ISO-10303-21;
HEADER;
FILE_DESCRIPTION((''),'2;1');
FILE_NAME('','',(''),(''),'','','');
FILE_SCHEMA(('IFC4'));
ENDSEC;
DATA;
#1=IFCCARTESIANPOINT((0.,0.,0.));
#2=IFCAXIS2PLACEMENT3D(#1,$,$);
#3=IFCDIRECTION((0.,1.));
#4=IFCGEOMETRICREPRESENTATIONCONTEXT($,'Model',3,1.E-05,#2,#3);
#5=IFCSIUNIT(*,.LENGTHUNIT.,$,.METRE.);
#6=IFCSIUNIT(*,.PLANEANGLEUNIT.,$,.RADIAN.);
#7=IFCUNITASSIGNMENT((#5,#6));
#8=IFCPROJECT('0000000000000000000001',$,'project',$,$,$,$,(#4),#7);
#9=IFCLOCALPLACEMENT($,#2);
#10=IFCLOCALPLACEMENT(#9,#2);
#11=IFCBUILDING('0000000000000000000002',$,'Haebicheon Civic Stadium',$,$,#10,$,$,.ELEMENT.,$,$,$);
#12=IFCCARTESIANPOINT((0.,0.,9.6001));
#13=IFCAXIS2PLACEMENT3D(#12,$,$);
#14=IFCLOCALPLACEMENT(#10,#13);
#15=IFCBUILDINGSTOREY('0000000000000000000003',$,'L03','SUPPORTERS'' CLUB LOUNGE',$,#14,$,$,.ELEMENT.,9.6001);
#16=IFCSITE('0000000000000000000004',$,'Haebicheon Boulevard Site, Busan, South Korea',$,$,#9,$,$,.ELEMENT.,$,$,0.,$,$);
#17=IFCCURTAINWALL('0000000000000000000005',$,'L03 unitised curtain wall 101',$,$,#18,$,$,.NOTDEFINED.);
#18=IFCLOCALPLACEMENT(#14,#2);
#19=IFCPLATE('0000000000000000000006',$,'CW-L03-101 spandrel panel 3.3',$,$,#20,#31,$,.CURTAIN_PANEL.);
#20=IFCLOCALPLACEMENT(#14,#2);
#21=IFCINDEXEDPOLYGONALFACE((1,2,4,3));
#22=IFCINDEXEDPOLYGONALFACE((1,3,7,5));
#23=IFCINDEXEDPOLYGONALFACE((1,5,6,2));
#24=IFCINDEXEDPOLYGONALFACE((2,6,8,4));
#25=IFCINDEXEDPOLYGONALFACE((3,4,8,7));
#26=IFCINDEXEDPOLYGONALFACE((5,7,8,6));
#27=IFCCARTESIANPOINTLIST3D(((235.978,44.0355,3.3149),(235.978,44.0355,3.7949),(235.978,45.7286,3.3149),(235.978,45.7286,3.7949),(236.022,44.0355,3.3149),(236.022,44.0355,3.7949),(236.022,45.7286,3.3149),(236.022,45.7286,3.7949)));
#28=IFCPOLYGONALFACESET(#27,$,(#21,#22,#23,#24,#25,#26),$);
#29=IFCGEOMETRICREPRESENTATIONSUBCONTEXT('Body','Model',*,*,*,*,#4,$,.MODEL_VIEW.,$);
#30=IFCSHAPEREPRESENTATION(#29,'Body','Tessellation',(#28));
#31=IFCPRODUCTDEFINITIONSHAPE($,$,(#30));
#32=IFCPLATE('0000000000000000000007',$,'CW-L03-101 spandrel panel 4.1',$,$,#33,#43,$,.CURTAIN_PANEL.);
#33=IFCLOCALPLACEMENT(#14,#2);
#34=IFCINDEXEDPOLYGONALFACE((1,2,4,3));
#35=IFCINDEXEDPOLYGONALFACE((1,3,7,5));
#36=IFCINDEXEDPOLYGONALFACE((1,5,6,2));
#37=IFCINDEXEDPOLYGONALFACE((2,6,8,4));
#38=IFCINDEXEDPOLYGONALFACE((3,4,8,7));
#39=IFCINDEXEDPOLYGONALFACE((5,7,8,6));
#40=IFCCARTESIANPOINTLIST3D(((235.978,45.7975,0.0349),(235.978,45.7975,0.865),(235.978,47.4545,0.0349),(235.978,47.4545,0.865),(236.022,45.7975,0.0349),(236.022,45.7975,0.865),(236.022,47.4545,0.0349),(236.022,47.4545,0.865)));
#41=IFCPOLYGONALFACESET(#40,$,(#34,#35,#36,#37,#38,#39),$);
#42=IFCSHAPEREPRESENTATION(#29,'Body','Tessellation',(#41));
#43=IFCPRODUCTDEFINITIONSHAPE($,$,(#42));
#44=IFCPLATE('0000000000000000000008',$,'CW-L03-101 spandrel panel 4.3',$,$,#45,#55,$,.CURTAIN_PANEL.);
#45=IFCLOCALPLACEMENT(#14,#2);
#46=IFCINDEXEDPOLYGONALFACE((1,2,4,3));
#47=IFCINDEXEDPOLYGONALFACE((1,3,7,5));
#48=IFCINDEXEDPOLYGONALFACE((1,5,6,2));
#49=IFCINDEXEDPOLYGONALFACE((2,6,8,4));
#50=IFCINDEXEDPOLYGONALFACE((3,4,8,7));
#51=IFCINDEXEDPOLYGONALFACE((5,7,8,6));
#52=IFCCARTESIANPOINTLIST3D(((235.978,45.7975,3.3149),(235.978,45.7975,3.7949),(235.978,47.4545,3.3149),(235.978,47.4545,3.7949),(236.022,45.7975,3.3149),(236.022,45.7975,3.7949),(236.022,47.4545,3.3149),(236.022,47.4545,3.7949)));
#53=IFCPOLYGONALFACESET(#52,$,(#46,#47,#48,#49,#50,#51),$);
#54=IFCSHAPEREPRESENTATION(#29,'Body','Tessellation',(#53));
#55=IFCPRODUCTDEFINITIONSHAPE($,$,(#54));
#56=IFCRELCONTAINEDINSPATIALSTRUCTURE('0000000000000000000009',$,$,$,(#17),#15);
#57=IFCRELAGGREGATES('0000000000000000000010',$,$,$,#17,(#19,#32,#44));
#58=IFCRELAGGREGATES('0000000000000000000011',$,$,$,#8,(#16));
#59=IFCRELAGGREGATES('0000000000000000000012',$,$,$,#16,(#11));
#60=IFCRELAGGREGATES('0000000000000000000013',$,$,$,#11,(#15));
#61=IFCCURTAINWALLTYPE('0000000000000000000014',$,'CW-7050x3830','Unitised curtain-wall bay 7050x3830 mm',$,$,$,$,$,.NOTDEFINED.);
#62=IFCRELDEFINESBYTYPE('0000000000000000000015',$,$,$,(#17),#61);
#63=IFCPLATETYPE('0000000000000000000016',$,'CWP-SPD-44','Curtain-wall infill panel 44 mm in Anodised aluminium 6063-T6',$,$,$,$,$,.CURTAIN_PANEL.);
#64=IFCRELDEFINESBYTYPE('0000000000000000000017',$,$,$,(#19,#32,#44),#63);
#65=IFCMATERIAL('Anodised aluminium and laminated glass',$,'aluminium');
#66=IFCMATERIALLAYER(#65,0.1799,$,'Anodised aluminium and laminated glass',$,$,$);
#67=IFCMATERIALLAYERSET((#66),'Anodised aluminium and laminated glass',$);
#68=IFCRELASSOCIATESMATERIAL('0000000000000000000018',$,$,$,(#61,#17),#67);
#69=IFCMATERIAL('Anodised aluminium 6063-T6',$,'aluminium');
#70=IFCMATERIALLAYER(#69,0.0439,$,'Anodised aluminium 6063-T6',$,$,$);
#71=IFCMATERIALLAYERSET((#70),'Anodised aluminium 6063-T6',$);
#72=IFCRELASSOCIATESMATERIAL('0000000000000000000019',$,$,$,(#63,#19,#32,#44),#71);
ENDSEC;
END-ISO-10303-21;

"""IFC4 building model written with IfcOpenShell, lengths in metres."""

from ifc_helpers import new_model, si_unit, direction, frame, origin, origin_2d, place, context, subcontext, project, spatial, rectangle, extrude, material, layer, layer_set, type_object, element, aggregate, save


model = new_model("IFC4")

# Units and contexts
model_context = context("Model", 3, precision=1e-05, world=origin(), true_north=direction((0.0, 1.0)))
body_context = subcontext(model_context, "Body", "Model", "MODEL_VIEW")
ifc_project = project(units=[si_unit("LENGTHUNIT", "METRE"), si_unit("PLANEANGLEUNIT", "RADIAN")], contexts=[model_context])

# Site, building, storey
site_placement = place(None, origin())
site = spatial("IfcSite", under=ifc_project, at=site_placement, Name="Haebicheon Boulevard Site, Busan, South Korea", CompositionType="ELEMENT", RefElevation=0.0)
building_placement = place(site_placement, origin())
building = spatial("IfcBuilding", under=site, at=building_placement, Name="Haebicheon Civic Stadium", CompositionType="ELEMENT")
storey_placement = place(building_placement, frame((0.0, 0.0, 9.6001)))
storey = spatial("IfcBuildingStorey", under=building, at=storey_placement, Name="L03", Description="SUPPORTERS' CLUB LOUNGE", CompositionType="ELEMENT", Elevation=9.6001)

# Curtain wall, plates
ifc_material_1 = material(Name="Anodised aluminium and laminated glass", Category="aluminium")
ifc_layer_1 = layer(ifc_material_1, 0.1799, Name="Anodised aluminium and laminated glass")
ifc_layer_set_1 = layer_set([ifc_layer_1], Name="Anodised aluminium and laminated glass")
curtain_wall_type = type_object("IfcCurtainWallType", Name="CW-7050x3830", Description="Unitised curtain-wall bay 7050x3830 mm", PredefinedType="NOTDEFINED", material=ifc_layer_set_1)
curtain_wall_placement = place(storey_placement, origin())
curtain_wall = element("IfcCurtainWall", 1, at=curtain_wall_placement, inside=storey, type_object=curtain_wall_type, material=ifc_layer_set_1, Name="L03 unitised curtain wall 101", PredefinedType="NOTDEFINED")
ifc_material_2 = material(Name="Anodised aluminium 6063-T6", Category="aluminium")
ifc_layer_2 = layer(ifc_material_2, 0.0439, Name="Anodised aluminium 6063-T6")
ifc_layer_set_2 = layer_set([ifc_layer_2], Name="Anodised aluminium 6063-T6")
plate_type_1 = type_object("IfcPlateType", Name="CWP-SPD-44", Description="Curtain-wall infill panel 44 mm in Anodised aluminium 6063-T6", PredefinedType="CURTAIN_PANEL", material=ifc_layer_set_2)
plate_1_placement = place(storey_placement, frame((236.0, 44.8821, 3.3149), z_axis=(0.0, 0.0, 1.0), x_axis=(0.0, 1.0, 0.0)))
plate_1 = element("IfcPlate", 2, at=plate_1_placement, type_object=plate_type_1, material=ifc_layer_set_2, Name="CW-L03-101 spandrel panel 3.3", PredefinedType="CURTAIN_PANEL", context=body_context, shape_type="SweptSolid", body=[
    extrude(rectangle(XDim=1.6931, YDim=0.0439, at=origin_2d()), origin(), (0.0, 0.0, 1.0), 0.48),
])
plate_2_placement = place(storey_placement, frame((236.0, 46.626, 0.0349), z_axis=(0.0, 0.0, 1.0), x_axis=(0.0, 1.0, 0.0)))
plate_2 = element("IfcPlate", 3, at=plate_2_placement, type_object=plate_type_1, material=ifc_layer_set_2, Name="CW-L03-101 spandrel panel 4.1", PredefinedType="CURTAIN_PANEL", context=body_context, shape_type="SweptSolid", body=[
    extrude(rectangle(XDim=1.657, YDim=0.0439, at=origin_2d()), origin(), (0.0, 0.0, 1.0), 0.8301),
])
plate_3_placement = place(storey_placement, frame((236.0, 46.626, 3.3149), z_axis=(0.0, 0.0, 1.0), x_axis=(0.0, 1.0, 0.0)))
plate_3 = element("IfcPlate", 4, at=plate_3_placement, type_object=plate_type_1, material=ifc_layer_set_2, Name="CW-L03-101 spandrel panel 4.3", PredefinedType="CURTAIN_PANEL", context=body_context, shape_type="SweptSolid", body=[
    extrude(rectangle(XDim=1.657, YDim=0.0439, at=origin_2d()), origin(), (0.0, 0.0, 1.0), 0.48),
])
aggregate(curtain_wall, [plate_1, plate_2, plate_3])

save(model, "model.ifc")
